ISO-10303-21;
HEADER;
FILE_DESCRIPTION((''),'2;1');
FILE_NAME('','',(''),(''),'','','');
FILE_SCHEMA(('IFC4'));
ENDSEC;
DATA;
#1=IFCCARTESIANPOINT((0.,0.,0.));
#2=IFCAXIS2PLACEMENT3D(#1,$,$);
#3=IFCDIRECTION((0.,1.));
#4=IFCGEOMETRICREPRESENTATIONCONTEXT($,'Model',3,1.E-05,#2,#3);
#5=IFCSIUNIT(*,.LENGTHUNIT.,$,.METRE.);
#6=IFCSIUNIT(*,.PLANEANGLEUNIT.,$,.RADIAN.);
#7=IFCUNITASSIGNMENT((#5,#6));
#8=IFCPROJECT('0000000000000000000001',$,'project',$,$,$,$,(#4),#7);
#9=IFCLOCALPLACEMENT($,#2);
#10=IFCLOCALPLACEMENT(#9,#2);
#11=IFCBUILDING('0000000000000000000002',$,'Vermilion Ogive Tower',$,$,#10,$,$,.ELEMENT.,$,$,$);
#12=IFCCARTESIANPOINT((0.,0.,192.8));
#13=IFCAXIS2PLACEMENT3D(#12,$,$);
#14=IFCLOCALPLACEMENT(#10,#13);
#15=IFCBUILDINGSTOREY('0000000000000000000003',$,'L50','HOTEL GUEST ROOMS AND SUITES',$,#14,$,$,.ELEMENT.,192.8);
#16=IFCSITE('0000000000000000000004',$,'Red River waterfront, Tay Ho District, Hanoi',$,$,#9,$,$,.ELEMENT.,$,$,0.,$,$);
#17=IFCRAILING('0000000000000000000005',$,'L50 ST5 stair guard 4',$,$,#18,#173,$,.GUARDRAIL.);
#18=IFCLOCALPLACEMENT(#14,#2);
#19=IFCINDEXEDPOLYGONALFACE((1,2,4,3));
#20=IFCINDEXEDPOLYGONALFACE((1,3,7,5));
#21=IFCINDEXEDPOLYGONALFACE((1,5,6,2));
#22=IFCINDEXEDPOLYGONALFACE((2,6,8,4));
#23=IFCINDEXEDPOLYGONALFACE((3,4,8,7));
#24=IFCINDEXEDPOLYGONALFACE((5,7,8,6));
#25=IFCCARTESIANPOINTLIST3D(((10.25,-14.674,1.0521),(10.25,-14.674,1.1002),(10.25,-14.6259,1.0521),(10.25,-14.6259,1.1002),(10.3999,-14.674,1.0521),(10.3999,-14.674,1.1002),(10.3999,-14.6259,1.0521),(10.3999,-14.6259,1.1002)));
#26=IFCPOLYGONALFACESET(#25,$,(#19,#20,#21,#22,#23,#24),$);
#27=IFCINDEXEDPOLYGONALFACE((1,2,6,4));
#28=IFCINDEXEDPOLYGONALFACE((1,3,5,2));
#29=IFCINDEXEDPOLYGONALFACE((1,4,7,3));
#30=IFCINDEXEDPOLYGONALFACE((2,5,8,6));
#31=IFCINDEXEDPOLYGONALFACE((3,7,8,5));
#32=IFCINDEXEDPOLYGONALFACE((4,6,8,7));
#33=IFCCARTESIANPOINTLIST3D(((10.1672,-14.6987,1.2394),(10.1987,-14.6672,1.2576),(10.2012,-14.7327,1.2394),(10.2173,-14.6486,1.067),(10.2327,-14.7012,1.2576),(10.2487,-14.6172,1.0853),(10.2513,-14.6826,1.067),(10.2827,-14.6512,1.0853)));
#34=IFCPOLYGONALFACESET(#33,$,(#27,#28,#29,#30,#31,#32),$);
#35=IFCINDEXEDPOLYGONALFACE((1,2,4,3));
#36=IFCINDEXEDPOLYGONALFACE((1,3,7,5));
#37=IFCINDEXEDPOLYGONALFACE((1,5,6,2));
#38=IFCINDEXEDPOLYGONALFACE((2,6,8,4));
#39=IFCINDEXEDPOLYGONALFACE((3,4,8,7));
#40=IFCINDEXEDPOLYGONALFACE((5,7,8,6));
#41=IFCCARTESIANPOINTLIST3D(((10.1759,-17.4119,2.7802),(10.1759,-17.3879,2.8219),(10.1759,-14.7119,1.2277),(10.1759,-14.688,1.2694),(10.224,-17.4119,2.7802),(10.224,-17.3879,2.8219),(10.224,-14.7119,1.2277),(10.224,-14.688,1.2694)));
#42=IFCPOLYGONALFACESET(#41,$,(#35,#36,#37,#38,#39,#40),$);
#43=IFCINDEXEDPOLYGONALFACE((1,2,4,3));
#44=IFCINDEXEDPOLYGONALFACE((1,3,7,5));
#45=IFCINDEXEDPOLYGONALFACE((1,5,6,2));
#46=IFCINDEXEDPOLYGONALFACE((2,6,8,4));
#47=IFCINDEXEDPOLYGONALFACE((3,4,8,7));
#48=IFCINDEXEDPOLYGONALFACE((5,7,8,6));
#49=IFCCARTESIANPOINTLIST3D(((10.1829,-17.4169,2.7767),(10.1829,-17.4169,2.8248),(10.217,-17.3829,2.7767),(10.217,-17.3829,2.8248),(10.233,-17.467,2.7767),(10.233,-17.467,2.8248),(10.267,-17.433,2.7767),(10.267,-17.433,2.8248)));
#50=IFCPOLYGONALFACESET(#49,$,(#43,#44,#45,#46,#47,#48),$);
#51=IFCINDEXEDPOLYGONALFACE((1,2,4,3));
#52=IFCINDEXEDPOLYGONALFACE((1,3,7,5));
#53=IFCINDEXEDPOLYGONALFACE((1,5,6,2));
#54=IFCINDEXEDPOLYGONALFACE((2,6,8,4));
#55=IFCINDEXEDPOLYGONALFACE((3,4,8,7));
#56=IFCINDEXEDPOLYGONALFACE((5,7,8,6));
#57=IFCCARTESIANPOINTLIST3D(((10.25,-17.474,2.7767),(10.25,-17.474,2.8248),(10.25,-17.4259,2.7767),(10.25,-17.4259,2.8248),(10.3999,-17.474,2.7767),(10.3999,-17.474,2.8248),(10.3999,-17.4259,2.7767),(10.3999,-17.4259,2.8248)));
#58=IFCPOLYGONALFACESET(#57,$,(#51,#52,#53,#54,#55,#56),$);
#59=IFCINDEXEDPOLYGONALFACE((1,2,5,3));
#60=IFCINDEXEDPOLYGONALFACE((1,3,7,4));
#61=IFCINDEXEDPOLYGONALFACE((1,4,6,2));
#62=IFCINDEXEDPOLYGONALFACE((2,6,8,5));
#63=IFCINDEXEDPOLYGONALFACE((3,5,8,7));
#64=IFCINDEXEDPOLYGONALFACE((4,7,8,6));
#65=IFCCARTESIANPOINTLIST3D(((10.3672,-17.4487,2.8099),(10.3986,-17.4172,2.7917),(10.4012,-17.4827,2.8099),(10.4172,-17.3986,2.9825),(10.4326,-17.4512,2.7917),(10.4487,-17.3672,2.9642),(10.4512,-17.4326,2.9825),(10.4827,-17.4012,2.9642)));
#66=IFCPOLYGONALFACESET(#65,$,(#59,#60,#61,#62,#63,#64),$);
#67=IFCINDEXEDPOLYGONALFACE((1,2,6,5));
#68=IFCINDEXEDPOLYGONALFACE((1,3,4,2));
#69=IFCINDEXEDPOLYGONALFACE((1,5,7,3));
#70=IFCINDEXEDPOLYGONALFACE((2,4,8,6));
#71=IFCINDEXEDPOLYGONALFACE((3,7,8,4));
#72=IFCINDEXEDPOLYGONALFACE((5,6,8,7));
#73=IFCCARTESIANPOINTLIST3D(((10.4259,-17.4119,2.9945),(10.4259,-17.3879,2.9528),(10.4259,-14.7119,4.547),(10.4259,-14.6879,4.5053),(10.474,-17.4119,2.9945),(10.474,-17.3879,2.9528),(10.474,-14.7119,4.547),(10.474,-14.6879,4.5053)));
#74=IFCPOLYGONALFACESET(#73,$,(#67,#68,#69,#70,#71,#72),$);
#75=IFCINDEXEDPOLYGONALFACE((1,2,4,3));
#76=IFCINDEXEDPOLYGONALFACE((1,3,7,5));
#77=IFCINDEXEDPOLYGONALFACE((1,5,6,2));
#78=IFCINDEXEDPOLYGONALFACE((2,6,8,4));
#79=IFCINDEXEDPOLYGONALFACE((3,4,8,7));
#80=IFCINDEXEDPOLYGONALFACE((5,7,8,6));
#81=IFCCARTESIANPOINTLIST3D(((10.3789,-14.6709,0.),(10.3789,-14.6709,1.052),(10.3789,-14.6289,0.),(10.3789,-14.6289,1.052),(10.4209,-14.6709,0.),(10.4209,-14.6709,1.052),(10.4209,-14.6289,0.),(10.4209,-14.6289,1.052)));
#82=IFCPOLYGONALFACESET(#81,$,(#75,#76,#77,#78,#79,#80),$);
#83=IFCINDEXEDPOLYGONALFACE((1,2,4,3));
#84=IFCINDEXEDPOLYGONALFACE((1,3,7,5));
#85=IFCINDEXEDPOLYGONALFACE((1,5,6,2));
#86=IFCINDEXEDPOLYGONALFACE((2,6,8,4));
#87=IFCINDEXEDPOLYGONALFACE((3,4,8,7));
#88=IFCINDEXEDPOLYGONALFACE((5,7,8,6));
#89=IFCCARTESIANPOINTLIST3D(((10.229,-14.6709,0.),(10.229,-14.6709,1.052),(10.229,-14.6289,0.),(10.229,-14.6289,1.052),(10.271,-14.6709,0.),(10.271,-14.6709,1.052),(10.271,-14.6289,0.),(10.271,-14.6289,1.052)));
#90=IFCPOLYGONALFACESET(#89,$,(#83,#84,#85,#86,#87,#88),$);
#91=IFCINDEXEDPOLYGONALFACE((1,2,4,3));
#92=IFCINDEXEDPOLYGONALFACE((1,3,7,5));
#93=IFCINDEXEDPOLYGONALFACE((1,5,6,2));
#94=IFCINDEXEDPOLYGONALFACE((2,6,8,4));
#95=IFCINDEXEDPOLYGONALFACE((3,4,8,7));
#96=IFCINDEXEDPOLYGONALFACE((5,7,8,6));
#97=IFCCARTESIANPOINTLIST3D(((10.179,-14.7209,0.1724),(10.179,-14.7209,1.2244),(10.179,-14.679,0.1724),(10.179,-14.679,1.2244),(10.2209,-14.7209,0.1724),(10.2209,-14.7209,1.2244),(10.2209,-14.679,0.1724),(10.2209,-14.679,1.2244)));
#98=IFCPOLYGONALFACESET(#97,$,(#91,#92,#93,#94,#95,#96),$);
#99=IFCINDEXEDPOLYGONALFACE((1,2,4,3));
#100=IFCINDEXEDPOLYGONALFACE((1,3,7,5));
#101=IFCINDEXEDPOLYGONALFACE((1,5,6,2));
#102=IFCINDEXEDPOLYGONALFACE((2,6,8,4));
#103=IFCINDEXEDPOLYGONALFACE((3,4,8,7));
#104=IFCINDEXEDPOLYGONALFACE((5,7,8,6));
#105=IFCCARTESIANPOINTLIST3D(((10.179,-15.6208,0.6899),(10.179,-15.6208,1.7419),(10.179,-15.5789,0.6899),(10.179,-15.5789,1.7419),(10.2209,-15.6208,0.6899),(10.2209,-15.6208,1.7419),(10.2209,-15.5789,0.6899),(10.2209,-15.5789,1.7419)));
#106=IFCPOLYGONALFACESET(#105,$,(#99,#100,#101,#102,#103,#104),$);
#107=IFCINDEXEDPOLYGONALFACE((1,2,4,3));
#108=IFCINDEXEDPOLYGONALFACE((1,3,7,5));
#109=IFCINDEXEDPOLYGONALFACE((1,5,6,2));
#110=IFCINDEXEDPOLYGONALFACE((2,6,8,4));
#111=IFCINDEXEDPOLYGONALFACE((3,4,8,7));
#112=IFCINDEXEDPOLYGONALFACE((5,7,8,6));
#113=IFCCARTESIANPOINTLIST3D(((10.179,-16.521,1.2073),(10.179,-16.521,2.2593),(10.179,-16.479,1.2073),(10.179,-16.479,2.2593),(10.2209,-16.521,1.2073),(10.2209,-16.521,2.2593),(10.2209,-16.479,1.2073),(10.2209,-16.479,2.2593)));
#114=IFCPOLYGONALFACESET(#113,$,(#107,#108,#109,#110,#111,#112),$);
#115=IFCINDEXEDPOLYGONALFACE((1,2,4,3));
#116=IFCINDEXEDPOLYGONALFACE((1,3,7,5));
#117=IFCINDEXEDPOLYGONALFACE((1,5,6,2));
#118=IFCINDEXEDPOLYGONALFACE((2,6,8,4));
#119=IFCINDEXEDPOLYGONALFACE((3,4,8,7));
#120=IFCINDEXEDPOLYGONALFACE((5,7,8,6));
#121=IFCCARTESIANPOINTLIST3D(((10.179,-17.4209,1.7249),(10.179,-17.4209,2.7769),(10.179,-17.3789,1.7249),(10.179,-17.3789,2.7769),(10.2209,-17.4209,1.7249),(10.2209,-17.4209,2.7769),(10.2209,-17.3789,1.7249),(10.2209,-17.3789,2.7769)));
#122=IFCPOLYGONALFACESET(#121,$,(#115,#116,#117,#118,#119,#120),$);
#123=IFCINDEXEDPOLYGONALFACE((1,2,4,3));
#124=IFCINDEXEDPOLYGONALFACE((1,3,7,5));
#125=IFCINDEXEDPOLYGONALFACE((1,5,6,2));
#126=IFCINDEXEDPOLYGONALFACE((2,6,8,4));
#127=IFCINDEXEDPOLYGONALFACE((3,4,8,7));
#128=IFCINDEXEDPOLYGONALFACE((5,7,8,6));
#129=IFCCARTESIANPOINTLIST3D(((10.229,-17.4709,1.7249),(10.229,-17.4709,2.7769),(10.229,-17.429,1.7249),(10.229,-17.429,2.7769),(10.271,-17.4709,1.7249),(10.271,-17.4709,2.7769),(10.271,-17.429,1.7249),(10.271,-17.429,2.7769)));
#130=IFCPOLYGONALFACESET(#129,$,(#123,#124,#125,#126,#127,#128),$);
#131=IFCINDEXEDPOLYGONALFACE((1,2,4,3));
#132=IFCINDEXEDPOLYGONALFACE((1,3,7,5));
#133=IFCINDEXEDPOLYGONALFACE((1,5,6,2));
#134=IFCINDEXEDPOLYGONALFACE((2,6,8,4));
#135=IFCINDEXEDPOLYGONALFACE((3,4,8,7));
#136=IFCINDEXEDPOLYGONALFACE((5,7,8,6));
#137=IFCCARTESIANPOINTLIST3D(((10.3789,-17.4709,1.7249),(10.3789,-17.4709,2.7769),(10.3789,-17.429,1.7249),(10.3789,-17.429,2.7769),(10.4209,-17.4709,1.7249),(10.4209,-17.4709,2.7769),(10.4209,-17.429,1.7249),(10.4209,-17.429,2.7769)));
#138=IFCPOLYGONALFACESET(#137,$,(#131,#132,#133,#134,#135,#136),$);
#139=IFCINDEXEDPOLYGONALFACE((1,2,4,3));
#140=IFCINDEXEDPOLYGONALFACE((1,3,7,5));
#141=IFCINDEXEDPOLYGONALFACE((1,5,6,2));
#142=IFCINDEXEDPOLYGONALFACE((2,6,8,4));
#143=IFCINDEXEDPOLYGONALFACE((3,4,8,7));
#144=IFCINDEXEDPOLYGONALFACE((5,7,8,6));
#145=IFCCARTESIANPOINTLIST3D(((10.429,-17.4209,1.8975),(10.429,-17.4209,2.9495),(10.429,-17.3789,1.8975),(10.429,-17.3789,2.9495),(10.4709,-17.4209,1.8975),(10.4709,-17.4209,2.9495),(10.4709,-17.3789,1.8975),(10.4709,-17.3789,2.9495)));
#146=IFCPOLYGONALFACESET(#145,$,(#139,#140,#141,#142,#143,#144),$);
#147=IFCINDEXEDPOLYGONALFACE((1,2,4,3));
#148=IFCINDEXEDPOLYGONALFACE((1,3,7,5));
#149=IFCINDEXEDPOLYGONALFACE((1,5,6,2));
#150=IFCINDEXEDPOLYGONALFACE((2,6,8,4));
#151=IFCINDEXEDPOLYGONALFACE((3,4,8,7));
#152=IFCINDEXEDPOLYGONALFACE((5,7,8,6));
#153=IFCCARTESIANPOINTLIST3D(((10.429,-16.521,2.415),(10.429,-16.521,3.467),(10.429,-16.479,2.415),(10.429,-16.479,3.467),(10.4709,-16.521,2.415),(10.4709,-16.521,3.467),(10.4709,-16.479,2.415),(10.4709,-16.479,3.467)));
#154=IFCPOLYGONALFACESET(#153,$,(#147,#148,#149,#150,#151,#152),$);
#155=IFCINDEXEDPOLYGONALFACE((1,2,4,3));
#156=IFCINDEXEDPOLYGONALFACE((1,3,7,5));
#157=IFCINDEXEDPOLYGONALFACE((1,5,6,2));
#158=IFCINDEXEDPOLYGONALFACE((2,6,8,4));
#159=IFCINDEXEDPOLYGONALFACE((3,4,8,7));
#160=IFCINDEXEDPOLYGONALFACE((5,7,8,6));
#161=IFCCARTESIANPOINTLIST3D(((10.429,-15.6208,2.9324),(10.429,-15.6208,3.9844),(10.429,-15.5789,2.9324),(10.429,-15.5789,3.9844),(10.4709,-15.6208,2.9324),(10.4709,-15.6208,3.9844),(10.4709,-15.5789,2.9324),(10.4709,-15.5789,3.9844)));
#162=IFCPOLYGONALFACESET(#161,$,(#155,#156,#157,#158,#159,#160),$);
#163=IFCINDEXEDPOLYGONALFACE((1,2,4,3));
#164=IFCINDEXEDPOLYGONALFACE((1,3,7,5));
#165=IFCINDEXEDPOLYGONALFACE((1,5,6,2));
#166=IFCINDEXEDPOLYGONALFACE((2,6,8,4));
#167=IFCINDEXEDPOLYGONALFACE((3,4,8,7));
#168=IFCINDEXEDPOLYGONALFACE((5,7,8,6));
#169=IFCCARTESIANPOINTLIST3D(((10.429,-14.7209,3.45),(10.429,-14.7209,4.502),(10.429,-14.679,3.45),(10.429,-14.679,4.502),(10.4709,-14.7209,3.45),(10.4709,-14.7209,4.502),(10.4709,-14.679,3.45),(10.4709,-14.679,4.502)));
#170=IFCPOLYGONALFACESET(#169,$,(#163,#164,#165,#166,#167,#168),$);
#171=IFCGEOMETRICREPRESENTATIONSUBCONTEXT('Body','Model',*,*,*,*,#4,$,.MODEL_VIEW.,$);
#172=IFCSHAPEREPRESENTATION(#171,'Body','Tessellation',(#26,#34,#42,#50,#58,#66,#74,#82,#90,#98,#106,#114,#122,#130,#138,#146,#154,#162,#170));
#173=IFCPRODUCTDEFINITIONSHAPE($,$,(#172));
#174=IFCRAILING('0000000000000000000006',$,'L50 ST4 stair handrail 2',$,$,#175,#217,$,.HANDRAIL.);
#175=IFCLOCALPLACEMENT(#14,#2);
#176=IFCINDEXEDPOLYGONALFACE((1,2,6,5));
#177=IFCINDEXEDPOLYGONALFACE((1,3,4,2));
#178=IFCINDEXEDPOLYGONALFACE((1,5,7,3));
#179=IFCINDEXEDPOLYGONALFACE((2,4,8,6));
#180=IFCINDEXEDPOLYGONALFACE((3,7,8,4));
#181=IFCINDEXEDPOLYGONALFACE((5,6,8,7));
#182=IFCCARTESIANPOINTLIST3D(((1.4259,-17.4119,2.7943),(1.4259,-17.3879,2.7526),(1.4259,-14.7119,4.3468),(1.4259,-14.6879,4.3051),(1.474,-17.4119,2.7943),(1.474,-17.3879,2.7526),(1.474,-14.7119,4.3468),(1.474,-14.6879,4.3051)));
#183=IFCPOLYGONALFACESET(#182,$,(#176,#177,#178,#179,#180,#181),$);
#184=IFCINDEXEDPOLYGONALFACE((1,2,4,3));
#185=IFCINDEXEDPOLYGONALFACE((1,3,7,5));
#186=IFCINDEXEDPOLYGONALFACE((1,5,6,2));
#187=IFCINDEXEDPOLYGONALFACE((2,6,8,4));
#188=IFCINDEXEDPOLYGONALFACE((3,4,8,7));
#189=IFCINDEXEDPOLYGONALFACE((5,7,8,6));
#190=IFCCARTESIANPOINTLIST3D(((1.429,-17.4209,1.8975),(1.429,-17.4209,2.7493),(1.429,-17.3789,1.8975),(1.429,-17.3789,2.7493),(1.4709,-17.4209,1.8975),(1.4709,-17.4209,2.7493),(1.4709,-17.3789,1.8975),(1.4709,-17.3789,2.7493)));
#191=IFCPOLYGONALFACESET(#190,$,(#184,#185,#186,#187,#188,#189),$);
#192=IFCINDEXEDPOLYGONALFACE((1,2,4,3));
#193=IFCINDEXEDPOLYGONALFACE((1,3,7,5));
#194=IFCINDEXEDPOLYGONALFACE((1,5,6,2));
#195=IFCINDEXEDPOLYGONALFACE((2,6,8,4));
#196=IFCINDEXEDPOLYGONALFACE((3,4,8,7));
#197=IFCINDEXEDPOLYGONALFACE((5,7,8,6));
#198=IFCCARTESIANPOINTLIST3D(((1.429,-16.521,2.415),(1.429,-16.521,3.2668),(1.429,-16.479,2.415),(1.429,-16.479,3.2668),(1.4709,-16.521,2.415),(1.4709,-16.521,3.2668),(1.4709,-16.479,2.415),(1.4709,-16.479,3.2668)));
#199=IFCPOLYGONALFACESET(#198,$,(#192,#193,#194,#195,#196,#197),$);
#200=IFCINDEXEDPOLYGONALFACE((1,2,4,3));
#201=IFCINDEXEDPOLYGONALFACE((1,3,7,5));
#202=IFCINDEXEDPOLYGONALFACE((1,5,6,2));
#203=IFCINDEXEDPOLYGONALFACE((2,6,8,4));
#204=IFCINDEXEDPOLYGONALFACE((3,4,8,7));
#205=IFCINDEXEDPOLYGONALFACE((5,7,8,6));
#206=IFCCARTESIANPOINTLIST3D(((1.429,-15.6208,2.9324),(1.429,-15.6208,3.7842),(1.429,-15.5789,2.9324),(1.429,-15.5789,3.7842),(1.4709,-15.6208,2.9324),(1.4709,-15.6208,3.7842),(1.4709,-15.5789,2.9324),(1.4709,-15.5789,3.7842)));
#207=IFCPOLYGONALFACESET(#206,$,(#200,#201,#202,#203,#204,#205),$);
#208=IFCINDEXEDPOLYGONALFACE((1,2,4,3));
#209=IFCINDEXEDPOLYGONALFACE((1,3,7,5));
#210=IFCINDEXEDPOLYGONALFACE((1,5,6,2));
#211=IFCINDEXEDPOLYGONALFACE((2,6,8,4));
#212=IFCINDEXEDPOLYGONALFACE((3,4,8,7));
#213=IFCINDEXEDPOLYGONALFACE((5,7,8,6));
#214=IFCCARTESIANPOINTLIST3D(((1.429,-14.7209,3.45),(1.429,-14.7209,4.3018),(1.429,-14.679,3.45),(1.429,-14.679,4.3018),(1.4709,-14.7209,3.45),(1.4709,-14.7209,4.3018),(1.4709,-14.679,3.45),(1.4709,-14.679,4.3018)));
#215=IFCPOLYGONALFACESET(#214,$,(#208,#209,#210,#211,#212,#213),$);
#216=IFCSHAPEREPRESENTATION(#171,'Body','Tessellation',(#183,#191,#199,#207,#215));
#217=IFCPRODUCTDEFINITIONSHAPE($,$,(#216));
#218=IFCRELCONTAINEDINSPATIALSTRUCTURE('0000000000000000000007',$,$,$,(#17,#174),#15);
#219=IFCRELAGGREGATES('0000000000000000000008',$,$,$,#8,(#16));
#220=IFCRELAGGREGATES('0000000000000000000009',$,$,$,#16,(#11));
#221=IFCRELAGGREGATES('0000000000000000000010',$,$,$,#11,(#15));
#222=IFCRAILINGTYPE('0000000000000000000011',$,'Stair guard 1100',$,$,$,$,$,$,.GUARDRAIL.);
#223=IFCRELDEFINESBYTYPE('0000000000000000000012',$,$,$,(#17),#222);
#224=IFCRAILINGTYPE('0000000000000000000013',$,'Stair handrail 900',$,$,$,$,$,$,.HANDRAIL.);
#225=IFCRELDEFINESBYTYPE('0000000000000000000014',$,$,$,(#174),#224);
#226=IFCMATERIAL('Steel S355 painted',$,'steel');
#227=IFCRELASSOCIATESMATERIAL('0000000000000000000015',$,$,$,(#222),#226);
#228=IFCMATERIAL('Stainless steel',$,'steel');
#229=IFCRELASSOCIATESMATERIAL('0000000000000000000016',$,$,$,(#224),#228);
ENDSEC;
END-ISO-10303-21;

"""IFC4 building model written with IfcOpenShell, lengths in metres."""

from ifc_helpers import new_model, si_unit, direction, frame, origin, origin_2d, place, context, subcontext, project, spatial, rectangle, extrude, material, type_object, element, save


model = new_model("IFC4")

# Units and contexts
model_context = context("Model", 3, precision=1e-05, world=origin(), true_north=direction((0.0, 1.0)))
body_context = subcontext(model_context, "Body", "Model", "MODEL_VIEW")
ifc_project = project(units=[si_unit("LENGTHUNIT", "METRE"), si_unit("PLANEANGLEUNIT", "RADIAN")], contexts=[model_context])

# Site, building, storey
site_placement = place(None, origin())
site = spatial("IfcSite", under=ifc_project, at=site_placement, Name="Red River waterfront, Tay Ho District, Hanoi", CompositionType="ELEMENT", RefElevation=0.0)
building_placement = place(site_placement, origin())
building = spatial("IfcBuilding", under=site, at=building_placement, Name="Vermilion Ogive Tower", CompositionType="ELEMENT")
storey_placement = place(building_placement, frame((0.0, 0.0, 192.8)))
storey = spatial("IfcBuildingStorey", under=building, at=storey_placement, Name="L50", Description="HOTEL GUEST ROOMS AND SUITES", CompositionType="ELEMENT", Elevation=192.8)

# Railings
ifc_material_1 = material(Name="Steel S355 painted", Category="steel")
railing_type_1 = type_object("IfcRailingType", Name="Stair guard 1100", PredefinedType="GUARDRAIL", material=ifc_material_1)
railing_1_placement = place(storey_placement, frame((10.3999, -14.6499, 0.0)))
element("IfcRailing", 1, at=railing_1_placement, inside=storey, type_object=railing_type_1, Name="L50 ST5 stair guard 4", PredefinedType="GUARDRAIL", context=body_context, shape_type="SweptSolid", body=[
    extrude(rectangle(XDim=0.0481, YDim=0.0481, at=origin_2d()), frame((0.0, 0.0, 1.0762), z_axis=(-1.0, 0.0, 0.0), x_axis=(0.0, -1.0, 0.0)), (0.0, 0.0, 1.0), 0.1499),
    extrude(rectangle(XDim=0.0481, YDim=0.0481, at=origin_2d()), frame((-0.1499, 0.0, 1.0762), z_axis=(-0.268603, -0.268603, 0.925043), x_axis=(0.707107, -0.707107, 0.0)), (0.0, 0.0, 1.0), 0.1863),
    extrude(rectangle(XDim=0.0481, YDim=0.0481, at=origin_2d()), frame((-0.2, -0.05, 1.2485), z_axis=(0.0, -0.866904, 0.498476), x_axis=(1.0, 0.0, 0.0)), (0.0, 0.0, 1.0), 3.1145),
    extrude(rectangle(XDim=0.0481, YDim=0.0481, at=origin_2d()), frame((-0.2, -2.75, 2.8008), z_axis=(0.707107, -0.707107, 0.0), x_axis=(0.707107, 0.707107, 0.0)), (0.0, 0.0, 1.0), 0.0708),
    extrude(rectangle(XDim=0.0481, YDim=0.0481, at=origin_2d()), frame((-0.1499, -2.8, 2.8008), z_axis=(1.0, 0.0, 0.0), x_axis=(0.0, 1.0, 0.0)), (0.0, 0.0, 1.0), 0.1499),
    extrude(rectangle(XDim=0.0481, YDim=0.0481, at=origin_2d()), frame((0.0, -2.8, 2.8008), z_axis=(0.268278, 0.268278, 0.925232), x_axis=(-0.707107, 0.707107, 0.0)), (0.0, 0.0, 1.0), 0.1865),
    extrude(rectangle(XDim=0.0481, YDim=0.0481, at=origin_2d()), frame((0.05, -2.75, 2.9736), z_axis=(0.0, 0.866904, 0.498476), x_axis=(-1.0, 0.0, 0.0)), (0.0, 0.0, 1.0), 3.1145),
    extrude(rectangle(XDim=0.042, YDim=0.042, at=origin_2d()), origin(), (0.0, 0.0, 1.0), 1.052),
    extrude(rectangle(XDim=0.042, YDim=0.042, at=origin_2d()), frame((-0.1499, 0.0, 0.0)), (0.0, 0.0, 1.0), 1.052),
    extrude(rectangle(XDim=0.042, YDim=0.042, at=origin_2d()), frame((-0.2, -0.05, 0.1724)), (0.0, 0.0, 1.0), 1.052),
    extrude(rectangle(XDim=0.042, YDim=0.042, at=origin_2d()), frame((-0.2, -0.95, 0.6899)), (0.0, 0.0, 1.0), 1.052),
    extrude(rectangle(XDim=0.042, YDim=0.042, at=origin_2d()), frame((-0.2, -1.8501, 1.2073)), (0.0, 0.0, 1.0), 1.052),
    extrude(rectangle(XDim=0.042, YDim=0.042, at=origin_2d()), frame((-0.2, -2.75, 1.7249)), (0.0, 0.0, 1.0), 1.052),
    extrude(rectangle(XDim=0.042, YDim=0.042, at=origin_2d()), frame((-0.1499, -2.8, 1.7249)), (0.0, 0.0, 1.0), 1.052),
    extrude(rectangle(XDim=0.042, YDim=0.042, at=origin_2d()), frame((0.0, -2.8, 1.7249)), (0.0, 0.0, 1.0), 1.052),
    extrude(rectangle(XDim=0.042, YDim=0.042, at=origin_2d()), frame((0.05, -2.75, 1.8975)), (0.0, 0.0, 1.0), 1.052),
    extrude(rectangle(XDim=0.042, YDim=0.042, at=origin_2d()), frame((0.05, -1.8501, 2.415)), (0.0, 0.0, 1.0), 1.052),
    extrude(rectangle(XDim=0.042, YDim=0.042, at=origin_2d()), frame((0.05, -0.95, 2.9324)), (0.0, 0.0, 1.0), 1.052),
    extrude(rectangle(XDim=0.042, YDim=0.042, at=origin_2d()), frame((0.05, -0.05, 3.45)), (0.0, 0.0, 1.0), 1.052),
])
ifc_material_2 = material(Name="Stainless steel", Category="steel")
railing_type_2 = type_object("IfcRailingType", Name="Stair handrail 900", PredefinedType="HANDRAIL", material=ifc_material_2)
railing_2_placement = place(storey_placement, frame((1.45, -17.3999, 1.8975)))
element("IfcRailing", 2, at=railing_2_placement, inside=storey, type_object=railing_type_2, Name="L50 ST4 stair handrail 2", PredefinedType="HANDRAIL", context=body_context, shape_type="SweptSolid", body=[
    extrude(rectangle(XDim=0.0481, YDim=0.0481, at=origin_2d()), frame((0.0, 0.0, 0.876), z_axis=(0.0, 0.866904, 0.498476), x_axis=(-1.0, 0.0, 0.0)), (0.0, 0.0, 1.0), 3.1145),
    extrude(rectangle(XDim=0.042, YDim=0.042, at=origin_2d()), origin(), (0.0, 0.0, 1.0), 0.8518),
    extrude(rectangle(XDim=0.042, YDim=0.042, at=origin_2d()), frame((0.0, 0.8999, 0.5176)), (0.0, 0.0, 1.0), 0.8518),
    extrude(rectangle(XDim=0.042, YDim=0.042, at=origin_2d()), frame((0.0, 1.8, 1.0349)), (0.0, 0.0, 1.0), 0.8518),
    extrude(rectangle(XDim=0.042, YDim=0.042, at=origin_2d()), frame((0.0, 2.7, 1.5525)), (0.0, 0.0, 1.0), 0.8518),
])

save(model, "model.ifc")
